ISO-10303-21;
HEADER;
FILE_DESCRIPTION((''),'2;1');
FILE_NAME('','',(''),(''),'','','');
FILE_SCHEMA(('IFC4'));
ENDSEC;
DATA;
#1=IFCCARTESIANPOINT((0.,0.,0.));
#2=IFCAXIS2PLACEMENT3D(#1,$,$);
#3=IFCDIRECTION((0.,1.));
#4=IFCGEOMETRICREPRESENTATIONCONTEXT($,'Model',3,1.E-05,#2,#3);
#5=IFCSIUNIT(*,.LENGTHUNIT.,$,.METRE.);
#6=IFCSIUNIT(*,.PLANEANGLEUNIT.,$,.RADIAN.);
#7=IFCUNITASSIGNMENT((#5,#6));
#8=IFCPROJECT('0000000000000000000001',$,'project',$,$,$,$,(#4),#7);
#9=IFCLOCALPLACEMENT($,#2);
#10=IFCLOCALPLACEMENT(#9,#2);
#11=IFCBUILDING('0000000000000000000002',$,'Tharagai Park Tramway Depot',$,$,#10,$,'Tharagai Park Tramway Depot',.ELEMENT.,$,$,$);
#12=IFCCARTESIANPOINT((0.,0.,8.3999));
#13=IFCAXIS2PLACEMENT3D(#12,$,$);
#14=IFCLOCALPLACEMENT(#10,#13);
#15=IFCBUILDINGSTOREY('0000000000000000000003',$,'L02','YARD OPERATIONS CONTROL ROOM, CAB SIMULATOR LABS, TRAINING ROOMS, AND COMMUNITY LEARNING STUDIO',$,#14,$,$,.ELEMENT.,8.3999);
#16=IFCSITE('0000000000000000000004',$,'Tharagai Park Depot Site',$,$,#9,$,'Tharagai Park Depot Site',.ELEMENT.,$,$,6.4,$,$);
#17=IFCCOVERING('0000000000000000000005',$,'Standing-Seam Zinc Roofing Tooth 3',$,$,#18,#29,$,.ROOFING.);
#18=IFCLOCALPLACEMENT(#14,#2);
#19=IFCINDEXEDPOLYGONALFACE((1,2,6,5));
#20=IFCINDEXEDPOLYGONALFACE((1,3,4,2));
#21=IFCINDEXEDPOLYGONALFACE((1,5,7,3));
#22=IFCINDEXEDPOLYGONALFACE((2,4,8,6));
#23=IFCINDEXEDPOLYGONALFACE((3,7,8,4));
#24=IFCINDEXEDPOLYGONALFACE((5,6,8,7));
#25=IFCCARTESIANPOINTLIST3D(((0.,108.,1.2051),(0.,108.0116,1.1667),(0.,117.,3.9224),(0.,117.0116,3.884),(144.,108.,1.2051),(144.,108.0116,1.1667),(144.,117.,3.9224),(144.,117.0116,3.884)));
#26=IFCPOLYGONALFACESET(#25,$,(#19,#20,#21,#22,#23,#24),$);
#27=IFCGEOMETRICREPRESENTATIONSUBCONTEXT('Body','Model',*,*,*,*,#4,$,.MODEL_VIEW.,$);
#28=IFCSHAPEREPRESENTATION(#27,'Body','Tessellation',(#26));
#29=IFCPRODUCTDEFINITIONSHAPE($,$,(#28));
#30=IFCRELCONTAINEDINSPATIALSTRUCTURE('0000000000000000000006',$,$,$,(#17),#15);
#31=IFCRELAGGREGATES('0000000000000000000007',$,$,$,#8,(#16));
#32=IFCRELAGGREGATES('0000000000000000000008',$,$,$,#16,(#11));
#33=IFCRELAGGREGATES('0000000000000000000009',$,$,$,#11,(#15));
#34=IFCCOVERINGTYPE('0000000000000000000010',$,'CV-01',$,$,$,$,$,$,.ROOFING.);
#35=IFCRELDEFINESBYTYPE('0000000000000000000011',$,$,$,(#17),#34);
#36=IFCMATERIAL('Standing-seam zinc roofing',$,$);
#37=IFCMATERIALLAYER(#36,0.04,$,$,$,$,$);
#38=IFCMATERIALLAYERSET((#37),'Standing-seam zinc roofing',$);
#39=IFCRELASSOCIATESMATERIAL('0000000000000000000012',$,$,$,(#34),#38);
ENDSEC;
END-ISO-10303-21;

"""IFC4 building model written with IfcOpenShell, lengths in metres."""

from ifc_helpers import new_model, si_unit, direction, frame, origin, place, context, subcontext, project, spatial, polyline, outline, extrude, material, layer, layer_set, type_object, element, save


model = new_model("IFC4")

# Units and contexts
model_context = context("Model", 3, precision=1e-05, world=origin(), true_north=direction((0.0, 1.0)))
body_context = subcontext(model_context, "Body", "Model", "MODEL_VIEW")
ifc_project = project(units=[si_unit("LENGTHUNIT", "METRE"), si_unit("PLANEANGLEUNIT", "RADIAN")], contexts=[model_context])

# Site, building, storey
site_placement = place(None, origin())
site = spatial("IfcSite", under=ifc_project, at=site_placement, Name="Tharagai Park Depot Site", LongName="Tharagai Park Depot Site", CompositionType="ELEMENT", RefElevation=6.4)
building_placement = place(site_placement, origin())
building = spatial("IfcBuilding", under=site, at=building_placement, Name="Tharagai Park Tramway Depot", LongName="Tharagai Park Tramway Depot", CompositionType="ELEMENT")
storey_placement = place(building_placement, frame((0.0, 0.0, 8.3999)))
storey = spatial("IfcBuildingStorey", under=building, at=storey_placement, Name="L02", Description="YARD OPERATIONS CONTROL ROOM, CAB SIMULATOR LABS, TRAINING ROOMS, AND COMMUNITY LEARNING STUDIO", CompositionType="ELEMENT", Elevation=8.3999)

# Covering
ifc_material_1 = material(Name="Standing-seam zinc roofing")
ifc_layer_1 = layer(ifc_material_1, 0.04)
ifc_layer_set_1 = layer_set([ifc_layer_1], Name="Standing-seam zinc roofing")
covering_type = type_object("IfcCoveringType", Name="CV-01", PredefinedType="ROOFING", material=ifc_layer_set_1)
covering_placement = place(storey_placement, frame((0.0, 108.0, 1.2051), z_axis=(0.0, -0.289034, 0.957319), x_axis=(1.0, 0.0, 0.0)))
element("IfcCovering", 1, at=covering_placement, inside=storey, type_object=covering_type, Name="Standing-Seam Zinc Roofing Tooth 3", PredefinedType="ROOFING", context=body_context, shape_type="SweptSolid", body=[
    extrude(outline(polyline([(0.0, 0.0), (144.0, 0.0), (144.0, 9.4013), (0.0, 9.4013), (0.0, 0.0)])), origin(), (0.0, 0.0, -1.0), 0.04),
])

save(model, "model.ifc")
